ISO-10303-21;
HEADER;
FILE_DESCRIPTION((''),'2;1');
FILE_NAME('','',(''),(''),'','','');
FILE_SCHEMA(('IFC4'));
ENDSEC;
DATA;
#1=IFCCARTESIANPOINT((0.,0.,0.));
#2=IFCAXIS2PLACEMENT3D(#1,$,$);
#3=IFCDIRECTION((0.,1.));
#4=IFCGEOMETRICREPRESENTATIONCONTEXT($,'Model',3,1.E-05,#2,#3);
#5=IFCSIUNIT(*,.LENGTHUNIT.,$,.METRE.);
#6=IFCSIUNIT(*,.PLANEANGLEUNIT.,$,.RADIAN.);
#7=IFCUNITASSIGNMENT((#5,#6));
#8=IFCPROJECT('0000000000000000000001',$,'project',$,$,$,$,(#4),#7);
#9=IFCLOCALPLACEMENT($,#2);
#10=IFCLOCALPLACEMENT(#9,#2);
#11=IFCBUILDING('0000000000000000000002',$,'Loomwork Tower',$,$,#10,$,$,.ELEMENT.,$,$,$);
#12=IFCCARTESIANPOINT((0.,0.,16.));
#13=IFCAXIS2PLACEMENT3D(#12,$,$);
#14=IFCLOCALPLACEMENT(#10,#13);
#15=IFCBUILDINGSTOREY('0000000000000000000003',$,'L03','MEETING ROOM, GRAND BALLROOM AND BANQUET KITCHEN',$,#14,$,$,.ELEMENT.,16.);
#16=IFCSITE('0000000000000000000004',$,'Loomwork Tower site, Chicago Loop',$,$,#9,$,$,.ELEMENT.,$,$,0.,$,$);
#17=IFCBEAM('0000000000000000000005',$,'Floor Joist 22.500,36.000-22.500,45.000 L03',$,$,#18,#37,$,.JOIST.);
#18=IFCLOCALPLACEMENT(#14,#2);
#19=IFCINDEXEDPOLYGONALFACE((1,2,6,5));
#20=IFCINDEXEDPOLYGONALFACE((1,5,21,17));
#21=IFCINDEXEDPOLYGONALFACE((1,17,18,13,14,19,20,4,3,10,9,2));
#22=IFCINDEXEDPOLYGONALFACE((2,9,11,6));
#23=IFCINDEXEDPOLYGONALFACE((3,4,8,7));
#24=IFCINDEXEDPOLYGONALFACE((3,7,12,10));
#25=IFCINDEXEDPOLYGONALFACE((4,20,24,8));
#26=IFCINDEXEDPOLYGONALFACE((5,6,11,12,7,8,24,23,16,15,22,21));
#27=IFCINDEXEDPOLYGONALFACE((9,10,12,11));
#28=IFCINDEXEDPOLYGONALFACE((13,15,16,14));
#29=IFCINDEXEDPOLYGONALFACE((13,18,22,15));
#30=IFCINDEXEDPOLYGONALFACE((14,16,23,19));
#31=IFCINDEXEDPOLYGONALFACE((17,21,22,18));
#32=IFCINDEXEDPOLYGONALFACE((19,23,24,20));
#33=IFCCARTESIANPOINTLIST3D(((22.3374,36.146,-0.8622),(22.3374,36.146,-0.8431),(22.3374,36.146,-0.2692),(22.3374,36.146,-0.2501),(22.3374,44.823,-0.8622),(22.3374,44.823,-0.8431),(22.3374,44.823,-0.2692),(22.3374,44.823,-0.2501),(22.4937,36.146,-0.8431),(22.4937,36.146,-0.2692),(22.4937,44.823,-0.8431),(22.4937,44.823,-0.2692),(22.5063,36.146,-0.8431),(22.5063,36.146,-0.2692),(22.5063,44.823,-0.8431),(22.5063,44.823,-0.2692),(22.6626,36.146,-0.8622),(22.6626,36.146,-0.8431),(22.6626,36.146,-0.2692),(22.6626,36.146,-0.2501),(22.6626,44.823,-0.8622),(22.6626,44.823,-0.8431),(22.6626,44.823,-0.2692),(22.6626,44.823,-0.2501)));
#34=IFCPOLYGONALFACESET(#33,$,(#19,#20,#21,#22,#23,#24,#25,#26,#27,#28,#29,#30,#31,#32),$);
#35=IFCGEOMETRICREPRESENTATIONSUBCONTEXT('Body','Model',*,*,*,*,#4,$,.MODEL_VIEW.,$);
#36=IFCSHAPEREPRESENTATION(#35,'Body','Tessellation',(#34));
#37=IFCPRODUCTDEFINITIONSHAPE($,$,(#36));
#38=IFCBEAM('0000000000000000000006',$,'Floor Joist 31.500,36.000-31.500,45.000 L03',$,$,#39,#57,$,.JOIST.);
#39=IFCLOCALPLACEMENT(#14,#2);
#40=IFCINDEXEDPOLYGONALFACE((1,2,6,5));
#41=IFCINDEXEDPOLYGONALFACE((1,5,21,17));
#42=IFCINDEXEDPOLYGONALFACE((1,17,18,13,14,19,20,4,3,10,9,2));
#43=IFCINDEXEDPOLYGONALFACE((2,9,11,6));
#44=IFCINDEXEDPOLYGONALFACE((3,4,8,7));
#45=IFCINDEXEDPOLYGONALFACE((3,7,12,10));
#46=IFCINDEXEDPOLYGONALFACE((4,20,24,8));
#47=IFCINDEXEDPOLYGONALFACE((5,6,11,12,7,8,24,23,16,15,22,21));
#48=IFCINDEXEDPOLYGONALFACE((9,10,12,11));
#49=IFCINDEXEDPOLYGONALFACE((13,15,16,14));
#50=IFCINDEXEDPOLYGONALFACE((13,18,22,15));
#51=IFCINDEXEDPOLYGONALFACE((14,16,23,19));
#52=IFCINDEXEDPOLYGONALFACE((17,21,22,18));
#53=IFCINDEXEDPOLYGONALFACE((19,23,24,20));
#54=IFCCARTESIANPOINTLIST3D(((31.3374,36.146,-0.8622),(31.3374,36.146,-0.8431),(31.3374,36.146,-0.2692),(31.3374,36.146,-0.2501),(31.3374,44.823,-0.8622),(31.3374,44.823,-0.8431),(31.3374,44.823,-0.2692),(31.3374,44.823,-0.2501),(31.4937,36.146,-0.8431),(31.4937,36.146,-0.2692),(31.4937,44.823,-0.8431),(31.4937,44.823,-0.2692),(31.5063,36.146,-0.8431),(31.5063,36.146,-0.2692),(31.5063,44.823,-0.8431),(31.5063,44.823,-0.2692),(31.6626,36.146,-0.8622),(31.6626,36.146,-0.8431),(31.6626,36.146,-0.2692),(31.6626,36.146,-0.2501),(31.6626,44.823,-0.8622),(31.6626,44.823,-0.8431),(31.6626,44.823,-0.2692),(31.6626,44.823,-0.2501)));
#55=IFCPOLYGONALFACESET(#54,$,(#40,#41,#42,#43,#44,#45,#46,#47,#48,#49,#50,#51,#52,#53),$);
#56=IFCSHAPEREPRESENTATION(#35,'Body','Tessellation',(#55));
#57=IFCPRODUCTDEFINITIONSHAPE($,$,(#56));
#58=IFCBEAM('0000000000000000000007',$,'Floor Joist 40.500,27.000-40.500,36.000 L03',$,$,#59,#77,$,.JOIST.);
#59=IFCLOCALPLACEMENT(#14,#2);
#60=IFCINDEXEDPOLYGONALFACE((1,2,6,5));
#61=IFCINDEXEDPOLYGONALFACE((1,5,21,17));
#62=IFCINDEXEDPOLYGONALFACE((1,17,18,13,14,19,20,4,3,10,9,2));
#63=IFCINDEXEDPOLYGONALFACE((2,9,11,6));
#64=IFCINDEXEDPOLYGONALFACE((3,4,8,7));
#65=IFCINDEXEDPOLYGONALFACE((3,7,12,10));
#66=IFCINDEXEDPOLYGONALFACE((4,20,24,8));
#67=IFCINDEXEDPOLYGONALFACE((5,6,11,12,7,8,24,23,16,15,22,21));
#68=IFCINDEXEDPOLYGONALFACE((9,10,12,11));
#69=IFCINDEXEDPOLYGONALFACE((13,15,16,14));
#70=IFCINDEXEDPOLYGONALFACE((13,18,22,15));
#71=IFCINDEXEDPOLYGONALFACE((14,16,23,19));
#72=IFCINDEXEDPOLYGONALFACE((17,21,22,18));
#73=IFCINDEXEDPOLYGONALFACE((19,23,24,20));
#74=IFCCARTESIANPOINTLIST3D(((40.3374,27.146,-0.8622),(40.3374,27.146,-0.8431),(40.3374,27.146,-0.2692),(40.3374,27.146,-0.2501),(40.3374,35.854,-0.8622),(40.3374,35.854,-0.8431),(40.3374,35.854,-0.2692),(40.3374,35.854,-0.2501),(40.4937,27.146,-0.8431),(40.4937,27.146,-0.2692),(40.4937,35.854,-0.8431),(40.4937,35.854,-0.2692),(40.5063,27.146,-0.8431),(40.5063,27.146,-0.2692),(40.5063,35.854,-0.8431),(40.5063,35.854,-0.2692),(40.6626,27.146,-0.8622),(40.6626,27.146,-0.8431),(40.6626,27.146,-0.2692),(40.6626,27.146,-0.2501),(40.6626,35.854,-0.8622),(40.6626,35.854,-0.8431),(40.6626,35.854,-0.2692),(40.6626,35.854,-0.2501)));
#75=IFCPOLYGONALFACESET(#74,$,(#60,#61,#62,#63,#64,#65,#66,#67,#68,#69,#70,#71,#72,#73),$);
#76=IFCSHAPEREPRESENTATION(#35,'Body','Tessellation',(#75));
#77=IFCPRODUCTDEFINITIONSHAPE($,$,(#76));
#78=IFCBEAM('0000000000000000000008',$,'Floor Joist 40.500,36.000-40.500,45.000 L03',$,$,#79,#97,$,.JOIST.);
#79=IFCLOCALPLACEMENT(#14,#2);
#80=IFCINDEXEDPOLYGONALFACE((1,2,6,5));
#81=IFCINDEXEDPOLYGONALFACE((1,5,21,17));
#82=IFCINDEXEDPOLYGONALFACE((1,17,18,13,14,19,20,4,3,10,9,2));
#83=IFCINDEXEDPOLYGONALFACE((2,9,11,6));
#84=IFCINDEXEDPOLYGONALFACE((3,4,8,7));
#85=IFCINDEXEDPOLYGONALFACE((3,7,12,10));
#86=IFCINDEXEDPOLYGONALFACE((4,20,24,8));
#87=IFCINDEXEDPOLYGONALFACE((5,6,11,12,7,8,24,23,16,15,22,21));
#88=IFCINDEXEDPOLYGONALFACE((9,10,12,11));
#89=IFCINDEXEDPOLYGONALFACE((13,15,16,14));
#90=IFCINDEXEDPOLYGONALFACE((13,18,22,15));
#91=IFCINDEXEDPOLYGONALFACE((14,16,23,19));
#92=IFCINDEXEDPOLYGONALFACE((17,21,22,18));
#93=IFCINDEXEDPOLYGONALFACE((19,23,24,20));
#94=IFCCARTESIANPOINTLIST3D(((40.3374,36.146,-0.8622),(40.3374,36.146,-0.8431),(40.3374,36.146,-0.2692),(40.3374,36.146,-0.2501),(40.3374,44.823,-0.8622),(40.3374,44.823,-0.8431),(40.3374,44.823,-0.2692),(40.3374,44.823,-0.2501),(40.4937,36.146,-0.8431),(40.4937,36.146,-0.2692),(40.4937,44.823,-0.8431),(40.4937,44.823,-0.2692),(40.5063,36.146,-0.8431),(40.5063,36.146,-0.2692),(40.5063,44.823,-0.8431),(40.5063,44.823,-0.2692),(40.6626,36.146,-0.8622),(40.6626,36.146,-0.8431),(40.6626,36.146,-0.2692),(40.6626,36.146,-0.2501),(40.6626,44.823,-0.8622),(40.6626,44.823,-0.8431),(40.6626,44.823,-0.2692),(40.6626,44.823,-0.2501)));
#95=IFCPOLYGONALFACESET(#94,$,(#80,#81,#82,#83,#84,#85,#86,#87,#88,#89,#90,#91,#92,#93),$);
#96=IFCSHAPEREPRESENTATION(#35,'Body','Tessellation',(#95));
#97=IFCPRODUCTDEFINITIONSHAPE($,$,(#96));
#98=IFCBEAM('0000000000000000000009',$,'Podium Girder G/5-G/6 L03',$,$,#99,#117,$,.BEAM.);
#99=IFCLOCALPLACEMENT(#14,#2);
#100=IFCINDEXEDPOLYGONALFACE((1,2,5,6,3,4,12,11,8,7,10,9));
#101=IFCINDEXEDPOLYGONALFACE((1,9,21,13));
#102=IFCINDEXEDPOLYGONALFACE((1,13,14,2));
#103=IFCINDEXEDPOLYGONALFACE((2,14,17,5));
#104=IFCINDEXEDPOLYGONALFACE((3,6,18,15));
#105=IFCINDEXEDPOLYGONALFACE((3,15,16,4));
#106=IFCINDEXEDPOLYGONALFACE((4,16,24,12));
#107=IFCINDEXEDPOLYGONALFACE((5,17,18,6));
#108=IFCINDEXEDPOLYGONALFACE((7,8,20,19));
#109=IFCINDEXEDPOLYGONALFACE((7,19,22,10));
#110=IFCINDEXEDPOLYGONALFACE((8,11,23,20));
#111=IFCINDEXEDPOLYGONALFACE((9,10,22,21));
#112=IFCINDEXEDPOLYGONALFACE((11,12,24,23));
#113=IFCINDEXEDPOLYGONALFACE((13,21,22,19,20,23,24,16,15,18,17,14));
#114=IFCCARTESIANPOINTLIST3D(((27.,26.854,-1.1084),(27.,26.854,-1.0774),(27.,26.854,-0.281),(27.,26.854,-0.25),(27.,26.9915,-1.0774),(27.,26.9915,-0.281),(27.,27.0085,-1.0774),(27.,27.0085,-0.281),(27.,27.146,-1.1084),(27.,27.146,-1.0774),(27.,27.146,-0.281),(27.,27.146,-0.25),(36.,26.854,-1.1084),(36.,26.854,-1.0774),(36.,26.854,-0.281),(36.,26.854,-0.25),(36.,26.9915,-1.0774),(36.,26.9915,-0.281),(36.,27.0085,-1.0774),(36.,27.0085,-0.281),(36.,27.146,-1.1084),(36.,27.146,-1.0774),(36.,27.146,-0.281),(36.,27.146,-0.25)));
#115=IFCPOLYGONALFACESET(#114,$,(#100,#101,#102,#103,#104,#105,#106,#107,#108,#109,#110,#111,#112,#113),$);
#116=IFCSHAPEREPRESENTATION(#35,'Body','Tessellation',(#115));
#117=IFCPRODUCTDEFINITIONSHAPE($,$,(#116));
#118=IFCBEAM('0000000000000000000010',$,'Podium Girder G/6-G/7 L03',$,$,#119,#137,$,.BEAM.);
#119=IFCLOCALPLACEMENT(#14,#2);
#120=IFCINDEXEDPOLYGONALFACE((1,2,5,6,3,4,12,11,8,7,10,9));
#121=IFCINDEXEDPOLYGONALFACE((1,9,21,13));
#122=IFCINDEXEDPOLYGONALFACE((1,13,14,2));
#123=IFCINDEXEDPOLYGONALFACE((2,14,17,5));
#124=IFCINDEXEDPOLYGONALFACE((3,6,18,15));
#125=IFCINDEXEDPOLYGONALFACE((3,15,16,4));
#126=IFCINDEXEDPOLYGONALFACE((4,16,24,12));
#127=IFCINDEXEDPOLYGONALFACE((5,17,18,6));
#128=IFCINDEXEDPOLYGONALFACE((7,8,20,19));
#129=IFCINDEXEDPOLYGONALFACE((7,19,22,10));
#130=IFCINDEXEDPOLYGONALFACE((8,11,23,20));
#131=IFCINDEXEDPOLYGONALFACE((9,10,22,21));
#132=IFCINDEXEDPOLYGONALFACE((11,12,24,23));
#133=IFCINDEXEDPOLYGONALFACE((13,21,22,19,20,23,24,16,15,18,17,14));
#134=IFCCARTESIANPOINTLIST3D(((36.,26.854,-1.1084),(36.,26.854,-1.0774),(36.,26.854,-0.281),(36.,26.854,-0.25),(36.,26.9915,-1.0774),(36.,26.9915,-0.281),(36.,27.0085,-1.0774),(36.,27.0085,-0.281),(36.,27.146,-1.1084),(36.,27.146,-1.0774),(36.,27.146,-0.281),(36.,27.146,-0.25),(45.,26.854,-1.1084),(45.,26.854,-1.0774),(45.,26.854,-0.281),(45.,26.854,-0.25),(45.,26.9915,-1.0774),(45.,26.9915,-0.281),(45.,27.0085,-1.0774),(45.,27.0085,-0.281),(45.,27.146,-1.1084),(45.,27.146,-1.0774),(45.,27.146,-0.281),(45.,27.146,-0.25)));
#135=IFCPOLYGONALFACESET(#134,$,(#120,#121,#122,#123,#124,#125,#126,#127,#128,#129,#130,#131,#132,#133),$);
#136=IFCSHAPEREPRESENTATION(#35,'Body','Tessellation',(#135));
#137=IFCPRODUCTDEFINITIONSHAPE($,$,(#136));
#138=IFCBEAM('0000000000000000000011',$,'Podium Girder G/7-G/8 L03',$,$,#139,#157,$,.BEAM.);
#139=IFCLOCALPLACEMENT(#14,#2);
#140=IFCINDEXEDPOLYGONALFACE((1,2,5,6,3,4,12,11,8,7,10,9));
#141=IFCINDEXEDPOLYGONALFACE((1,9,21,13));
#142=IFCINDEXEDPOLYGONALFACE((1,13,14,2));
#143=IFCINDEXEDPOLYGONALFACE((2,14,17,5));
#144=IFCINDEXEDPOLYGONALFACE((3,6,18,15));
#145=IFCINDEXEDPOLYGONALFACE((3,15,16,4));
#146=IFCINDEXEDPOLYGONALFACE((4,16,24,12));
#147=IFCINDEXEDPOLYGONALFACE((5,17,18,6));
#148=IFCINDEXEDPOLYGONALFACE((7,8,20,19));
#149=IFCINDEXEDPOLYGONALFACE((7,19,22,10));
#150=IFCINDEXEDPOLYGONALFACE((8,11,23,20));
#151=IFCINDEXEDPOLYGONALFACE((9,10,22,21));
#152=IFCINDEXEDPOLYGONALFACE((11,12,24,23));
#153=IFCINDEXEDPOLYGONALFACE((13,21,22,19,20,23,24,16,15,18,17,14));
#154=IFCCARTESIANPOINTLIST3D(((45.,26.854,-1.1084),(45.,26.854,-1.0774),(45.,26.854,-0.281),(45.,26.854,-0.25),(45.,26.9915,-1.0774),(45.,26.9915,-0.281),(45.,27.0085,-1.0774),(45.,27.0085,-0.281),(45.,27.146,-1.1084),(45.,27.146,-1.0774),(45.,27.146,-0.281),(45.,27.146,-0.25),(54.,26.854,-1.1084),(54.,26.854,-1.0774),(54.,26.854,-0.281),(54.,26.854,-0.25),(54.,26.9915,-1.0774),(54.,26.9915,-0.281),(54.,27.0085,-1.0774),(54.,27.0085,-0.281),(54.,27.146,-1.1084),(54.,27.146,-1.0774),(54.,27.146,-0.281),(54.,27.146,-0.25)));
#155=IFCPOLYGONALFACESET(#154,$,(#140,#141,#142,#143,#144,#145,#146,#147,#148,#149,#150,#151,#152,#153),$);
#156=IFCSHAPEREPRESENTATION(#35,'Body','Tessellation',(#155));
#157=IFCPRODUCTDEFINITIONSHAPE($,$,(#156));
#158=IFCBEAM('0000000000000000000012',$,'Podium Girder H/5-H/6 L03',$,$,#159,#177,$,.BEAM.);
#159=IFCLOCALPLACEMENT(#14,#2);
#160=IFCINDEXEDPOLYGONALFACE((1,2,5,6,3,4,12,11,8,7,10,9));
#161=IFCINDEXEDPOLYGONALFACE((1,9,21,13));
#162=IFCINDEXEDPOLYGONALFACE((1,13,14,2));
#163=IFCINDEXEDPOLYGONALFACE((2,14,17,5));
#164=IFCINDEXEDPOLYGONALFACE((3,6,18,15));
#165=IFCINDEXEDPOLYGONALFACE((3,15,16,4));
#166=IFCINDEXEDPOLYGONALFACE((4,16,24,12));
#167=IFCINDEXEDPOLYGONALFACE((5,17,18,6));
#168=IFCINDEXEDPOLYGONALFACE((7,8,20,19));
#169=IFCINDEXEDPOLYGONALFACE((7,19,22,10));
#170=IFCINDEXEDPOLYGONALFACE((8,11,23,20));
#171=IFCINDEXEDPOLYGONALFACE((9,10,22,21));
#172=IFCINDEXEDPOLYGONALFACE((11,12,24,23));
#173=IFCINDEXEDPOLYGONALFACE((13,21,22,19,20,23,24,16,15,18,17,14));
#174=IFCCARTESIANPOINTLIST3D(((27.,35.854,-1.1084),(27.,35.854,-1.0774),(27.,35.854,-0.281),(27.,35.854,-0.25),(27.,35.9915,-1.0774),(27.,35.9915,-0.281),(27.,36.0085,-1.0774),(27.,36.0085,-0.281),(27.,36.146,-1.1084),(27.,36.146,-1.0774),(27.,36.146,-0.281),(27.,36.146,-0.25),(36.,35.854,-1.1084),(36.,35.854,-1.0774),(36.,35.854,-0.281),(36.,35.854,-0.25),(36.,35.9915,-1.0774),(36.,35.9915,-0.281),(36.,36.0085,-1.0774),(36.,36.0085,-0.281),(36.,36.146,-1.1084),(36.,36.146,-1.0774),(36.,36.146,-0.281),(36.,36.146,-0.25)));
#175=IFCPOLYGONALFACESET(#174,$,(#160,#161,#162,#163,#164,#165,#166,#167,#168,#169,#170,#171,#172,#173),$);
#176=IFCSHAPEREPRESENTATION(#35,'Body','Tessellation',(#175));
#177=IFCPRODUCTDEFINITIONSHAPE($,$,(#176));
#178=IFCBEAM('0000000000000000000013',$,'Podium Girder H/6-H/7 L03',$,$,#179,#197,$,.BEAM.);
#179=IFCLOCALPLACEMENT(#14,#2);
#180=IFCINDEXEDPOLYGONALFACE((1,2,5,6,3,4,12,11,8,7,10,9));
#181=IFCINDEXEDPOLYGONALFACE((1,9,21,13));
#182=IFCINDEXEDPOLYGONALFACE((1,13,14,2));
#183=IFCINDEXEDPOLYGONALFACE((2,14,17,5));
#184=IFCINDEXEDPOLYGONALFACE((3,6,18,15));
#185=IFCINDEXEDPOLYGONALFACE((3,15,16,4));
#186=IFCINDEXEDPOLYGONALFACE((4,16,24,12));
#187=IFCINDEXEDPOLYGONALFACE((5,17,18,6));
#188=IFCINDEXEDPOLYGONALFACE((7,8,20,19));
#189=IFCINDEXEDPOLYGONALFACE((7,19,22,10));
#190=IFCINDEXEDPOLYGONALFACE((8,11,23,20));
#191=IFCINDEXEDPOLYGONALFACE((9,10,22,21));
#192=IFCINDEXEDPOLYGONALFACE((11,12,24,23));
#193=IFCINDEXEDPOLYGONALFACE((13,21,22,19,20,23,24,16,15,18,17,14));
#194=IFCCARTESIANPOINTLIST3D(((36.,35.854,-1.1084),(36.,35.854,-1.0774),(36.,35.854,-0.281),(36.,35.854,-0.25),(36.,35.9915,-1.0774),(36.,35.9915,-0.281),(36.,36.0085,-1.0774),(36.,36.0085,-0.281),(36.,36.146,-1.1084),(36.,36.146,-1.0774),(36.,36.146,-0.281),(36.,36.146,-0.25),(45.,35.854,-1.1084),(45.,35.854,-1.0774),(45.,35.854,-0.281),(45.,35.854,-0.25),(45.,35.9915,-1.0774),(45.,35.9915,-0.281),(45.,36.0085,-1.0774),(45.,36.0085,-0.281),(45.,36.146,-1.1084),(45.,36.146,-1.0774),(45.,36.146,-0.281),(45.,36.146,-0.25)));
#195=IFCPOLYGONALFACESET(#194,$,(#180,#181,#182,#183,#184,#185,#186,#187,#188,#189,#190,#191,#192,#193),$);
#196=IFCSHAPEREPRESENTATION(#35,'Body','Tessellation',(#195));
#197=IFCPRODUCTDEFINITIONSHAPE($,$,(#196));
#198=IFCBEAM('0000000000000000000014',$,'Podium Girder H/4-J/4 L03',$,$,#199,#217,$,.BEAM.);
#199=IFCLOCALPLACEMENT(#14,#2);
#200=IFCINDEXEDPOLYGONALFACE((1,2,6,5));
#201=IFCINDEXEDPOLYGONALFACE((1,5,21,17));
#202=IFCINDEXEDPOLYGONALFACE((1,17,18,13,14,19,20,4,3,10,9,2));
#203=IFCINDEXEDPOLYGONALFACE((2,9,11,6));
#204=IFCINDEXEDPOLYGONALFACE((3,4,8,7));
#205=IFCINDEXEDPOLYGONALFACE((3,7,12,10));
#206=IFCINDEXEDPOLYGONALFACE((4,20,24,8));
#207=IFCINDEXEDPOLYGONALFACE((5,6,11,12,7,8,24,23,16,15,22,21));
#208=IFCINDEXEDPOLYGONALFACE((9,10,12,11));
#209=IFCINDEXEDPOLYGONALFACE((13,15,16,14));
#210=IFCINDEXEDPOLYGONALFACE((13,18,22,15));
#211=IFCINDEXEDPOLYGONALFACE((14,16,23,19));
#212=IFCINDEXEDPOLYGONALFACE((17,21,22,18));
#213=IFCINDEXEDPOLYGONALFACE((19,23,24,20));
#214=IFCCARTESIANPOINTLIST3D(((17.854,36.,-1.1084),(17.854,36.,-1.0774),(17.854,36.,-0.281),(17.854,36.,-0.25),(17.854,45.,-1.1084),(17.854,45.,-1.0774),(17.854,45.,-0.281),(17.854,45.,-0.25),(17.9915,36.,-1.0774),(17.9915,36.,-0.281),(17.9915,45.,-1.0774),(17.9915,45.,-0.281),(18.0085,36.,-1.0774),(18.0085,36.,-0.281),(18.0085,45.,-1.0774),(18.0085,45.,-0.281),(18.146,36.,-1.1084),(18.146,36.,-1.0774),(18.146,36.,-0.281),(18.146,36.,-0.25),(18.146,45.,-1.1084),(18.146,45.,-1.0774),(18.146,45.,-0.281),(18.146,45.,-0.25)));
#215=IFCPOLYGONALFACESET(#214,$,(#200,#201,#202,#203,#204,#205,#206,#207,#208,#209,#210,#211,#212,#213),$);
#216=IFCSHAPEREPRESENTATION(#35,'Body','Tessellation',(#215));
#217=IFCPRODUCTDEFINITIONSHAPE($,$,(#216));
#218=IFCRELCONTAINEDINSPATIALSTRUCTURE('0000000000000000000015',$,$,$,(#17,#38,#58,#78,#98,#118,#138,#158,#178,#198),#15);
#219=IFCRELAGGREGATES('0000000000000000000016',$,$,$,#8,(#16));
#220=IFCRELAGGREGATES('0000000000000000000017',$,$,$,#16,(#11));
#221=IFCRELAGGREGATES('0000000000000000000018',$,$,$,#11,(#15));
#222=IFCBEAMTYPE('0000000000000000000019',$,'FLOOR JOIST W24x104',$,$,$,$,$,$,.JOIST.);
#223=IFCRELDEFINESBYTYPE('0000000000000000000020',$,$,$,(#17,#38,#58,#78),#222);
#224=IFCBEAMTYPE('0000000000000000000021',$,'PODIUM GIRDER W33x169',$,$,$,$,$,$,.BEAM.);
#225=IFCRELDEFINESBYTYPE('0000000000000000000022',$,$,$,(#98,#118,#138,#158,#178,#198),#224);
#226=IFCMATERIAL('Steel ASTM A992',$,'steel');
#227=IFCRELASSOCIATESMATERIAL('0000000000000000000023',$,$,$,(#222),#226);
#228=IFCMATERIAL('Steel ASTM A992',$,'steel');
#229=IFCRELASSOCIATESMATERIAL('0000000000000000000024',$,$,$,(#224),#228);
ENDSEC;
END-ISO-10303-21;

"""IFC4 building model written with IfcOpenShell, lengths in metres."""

from ifc_helpers import new_model, si_unit, direction, frame, origin, origin_2d, place, context, subcontext, project, spatial, i_section, extrude, material, material_profile, profile_set, type_object, element, save


model = new_model("IFC4")

# Units and contexts
model_context = context("Model", 3, precision=1e-05, world=origin(), true_north=direction((0.0, 1.0)))
body_context = subcontext(model_context, "Body", "Model", "MODEL_VIEW")
ifc_project = project(units=[si_unit("LENGTHUNIT", "METRE"), si_unit("PLANEANGLEUNIT", "RADIAN")], contexts=[model_context])

# Site, building, storey
site_placement = place(None, origin())
site = spatial("IfcSite", under=ifc_project, at=site_placement, Name="Loomwork Tower site, Chicago Loop", CompositionType="ELEMENT", RefElevation=0.0)
building_placement = place(site_placement, origin())
building = spatial("IfcBuilding", under=site, at=building_placement, Name="Loomwork Tower", CompositionType="ELEMENT")
storey_placement = place(building_placement, frame((0.0, 0.0, 16.0)))
storey = spatial("IfcBuildingStorey", under=building, at=storey_placement, Name="L03", Description="MEETING ROOM, GRAND BALLROOM AND BANQUET KITCHEN", CompositionType="ELEMENT", Elevation=16.0)

# Beams
ifc_material_1 = material(Name="Steel ASTM A992", Category="steel")
ifc_material_profile_1 = material_profile(ifc_material_1, i_section(OverallWidth=0.3252, OverallDepth=0.6121, WebThickness=0.0127, FlangeThickness=0.019, at=origin_2d()), Name="W24x104")
ifc_profile_set_1 = profile_set([ifc_material_profile_1], Name="Steel ASTM A992")
beam_type_1 = type_object("IfcBeamType", Name="FLOOR JOIST W24x104", PredefinedType="JOIST", material=ifc_profile_set_1)
for number, where, z_axis, x_axis, name in (
    (1, (22.5, 36.146, -0.5562), (0.0, 1.0, 0.0), (-1.0, 0.0, 0.0), "Floor Joist 22.500,36.000-22.500,45.000 L03"),
    (2, (31.5, 36.146, -0.5562), (0.0, 1.0, 0.0), (-1.0, 0.0, 0.0), "Floor Joist 31.500,36.000-31.500,45.000 L03"),
):
    element("IfcBeam", number, at=place(storey_placement, frame(where, z_axis=z_axis, x_axis=x_axis)), inside=storey, type_object=beam_type_1, Name=name, PredefinedType="JOIST", context=body_context, shape_type="SweptSolid", body=[
        extrude(i_section(OverallWidth=0.3252, OverallDepth=0.6121, WebThickness=0.0127, FlangeThickness=0.019, at=origin_2d()), origin(), (0.0, 0.0, 1.0), 8.677),
    ])
beam_1_placement = place(storey_placement, frame((40.5, 27.146, -0.5562), z_axis=(0.0, 1.0, 0.0), x_axis=(-1.0, 0.0, 0.0)))
element("IfcBeam", 3, at=beam_1_placement, inside=storey, type_object=beam_type_1, Name="Floor Joist 40.500,27.000-40.500,36.000 L03", PredefinedType="JOIST", context=body_context, shape_type="SweptSolid", body=[
    extrude(i_section(OverallWidth=0.3252, OverallDepth=0.6121, WebThickness=0.0127, FlangeThickness=0.019, at=origin_2d()), origin(), (0.0, 0.0, 1.0), 8.708),
])
beam_2_placement = place(storey_placement, frame((40.5, 36.146, -0.5562), z_axis=(0.0, 1.0, 0.0), x_axis=(-1.0, 0.0, 0.0)))
element("IfcBeam", 4, at=beam_2_placement, inside=storey, type_object=beam_type_1, Name="Floor Joist 40.500,36.000-40.500,45.000 L03", PredefinedType="JOIST", context=body_context, shape_type="SweptSolid", body=[
    extrude(i_section(OverallWidth=0.3252, OverallDepth=0.6121, WebThickness=0.0127, FlangeThickness=0.019, at=origin_2d()), origin(), (0.0, 0.0, 1.0), 8.677),
])
ifc_material_2 = material(Name="Steel ASTM A992", Category="steel")
ifc_material_profile_2 = material_profile(ifc_material_2, i_section(OverallWidth=0.292, OverallDepth=0.8584, WebThickness=0.0171, FlangeThickness=0.031, at=origin_2d()), Name="W33x169")
ifc_profile_set_2 = profile_set([ifc_material_profile_2], Name="Steel ASTM A992")
beam_type_2 = type_object("IfcBeamType", Name="PODIUM GIRDER W33x169", PredefinedType="BEAM", material=ifc_profile_set_2)
for number, where, z_axis, x_axis, name in (
    (5, (27.0, 27.0, -0.6792), (1.0, 0.0, 0.0), (0.0, 1.0, 0.0), "Podium Girder G/5-G/6 L03"),
    (6, (36.0, 27.0, -0.6792), (1.0, 0.0, 0.0), (0.0, 1.0, 0.0), "Podium Girder G/6-G/7 L03"),
    (7, (45.0, 27.0, -0.6792), (1.0, 0.0, 0.0), (0.0, 1.0, 0.0), "Podium Girder G/7-G/8 L03"),
    (8, (27.0, 36.0, -0.6792), (1.0, 0.0, 0.0), (0.0, 1.0, 0.0), "Podium Girder H/5-H/6 L03"),
    (9, (36.0, 36.0, -0.6792), (1.0, 0.0, 0.0), (0.0, 1.0, 0.0), "Podium Girder H/6-H/7 L03"),
    (10, (18.0, 36.0, -0.6792), (0.0, 1.0, 0.0), (-1.0, 0.0, 0.0), "Podium Girder H/4-J/4 L03"),
):
    element("IfcBeam", number, at=place(storey_placement, frame(where, z_axis=z_axis, x_axis=x_axis)), inside=storey, type_object=beam_type_2, Name=name, PredefinedType="BEAM", context=body_context, shape_type="SweptSolid", body=[
        extrude(i_section(OverallWidth=0.292, OverallDepth=0.8584, WebThickness=0.0171, FlangeThickness=0.031, at=origin_2d()), origin(), (0.0, 0.0, 1.0), 9.0),
    ])

save(model, "model.ifc")
